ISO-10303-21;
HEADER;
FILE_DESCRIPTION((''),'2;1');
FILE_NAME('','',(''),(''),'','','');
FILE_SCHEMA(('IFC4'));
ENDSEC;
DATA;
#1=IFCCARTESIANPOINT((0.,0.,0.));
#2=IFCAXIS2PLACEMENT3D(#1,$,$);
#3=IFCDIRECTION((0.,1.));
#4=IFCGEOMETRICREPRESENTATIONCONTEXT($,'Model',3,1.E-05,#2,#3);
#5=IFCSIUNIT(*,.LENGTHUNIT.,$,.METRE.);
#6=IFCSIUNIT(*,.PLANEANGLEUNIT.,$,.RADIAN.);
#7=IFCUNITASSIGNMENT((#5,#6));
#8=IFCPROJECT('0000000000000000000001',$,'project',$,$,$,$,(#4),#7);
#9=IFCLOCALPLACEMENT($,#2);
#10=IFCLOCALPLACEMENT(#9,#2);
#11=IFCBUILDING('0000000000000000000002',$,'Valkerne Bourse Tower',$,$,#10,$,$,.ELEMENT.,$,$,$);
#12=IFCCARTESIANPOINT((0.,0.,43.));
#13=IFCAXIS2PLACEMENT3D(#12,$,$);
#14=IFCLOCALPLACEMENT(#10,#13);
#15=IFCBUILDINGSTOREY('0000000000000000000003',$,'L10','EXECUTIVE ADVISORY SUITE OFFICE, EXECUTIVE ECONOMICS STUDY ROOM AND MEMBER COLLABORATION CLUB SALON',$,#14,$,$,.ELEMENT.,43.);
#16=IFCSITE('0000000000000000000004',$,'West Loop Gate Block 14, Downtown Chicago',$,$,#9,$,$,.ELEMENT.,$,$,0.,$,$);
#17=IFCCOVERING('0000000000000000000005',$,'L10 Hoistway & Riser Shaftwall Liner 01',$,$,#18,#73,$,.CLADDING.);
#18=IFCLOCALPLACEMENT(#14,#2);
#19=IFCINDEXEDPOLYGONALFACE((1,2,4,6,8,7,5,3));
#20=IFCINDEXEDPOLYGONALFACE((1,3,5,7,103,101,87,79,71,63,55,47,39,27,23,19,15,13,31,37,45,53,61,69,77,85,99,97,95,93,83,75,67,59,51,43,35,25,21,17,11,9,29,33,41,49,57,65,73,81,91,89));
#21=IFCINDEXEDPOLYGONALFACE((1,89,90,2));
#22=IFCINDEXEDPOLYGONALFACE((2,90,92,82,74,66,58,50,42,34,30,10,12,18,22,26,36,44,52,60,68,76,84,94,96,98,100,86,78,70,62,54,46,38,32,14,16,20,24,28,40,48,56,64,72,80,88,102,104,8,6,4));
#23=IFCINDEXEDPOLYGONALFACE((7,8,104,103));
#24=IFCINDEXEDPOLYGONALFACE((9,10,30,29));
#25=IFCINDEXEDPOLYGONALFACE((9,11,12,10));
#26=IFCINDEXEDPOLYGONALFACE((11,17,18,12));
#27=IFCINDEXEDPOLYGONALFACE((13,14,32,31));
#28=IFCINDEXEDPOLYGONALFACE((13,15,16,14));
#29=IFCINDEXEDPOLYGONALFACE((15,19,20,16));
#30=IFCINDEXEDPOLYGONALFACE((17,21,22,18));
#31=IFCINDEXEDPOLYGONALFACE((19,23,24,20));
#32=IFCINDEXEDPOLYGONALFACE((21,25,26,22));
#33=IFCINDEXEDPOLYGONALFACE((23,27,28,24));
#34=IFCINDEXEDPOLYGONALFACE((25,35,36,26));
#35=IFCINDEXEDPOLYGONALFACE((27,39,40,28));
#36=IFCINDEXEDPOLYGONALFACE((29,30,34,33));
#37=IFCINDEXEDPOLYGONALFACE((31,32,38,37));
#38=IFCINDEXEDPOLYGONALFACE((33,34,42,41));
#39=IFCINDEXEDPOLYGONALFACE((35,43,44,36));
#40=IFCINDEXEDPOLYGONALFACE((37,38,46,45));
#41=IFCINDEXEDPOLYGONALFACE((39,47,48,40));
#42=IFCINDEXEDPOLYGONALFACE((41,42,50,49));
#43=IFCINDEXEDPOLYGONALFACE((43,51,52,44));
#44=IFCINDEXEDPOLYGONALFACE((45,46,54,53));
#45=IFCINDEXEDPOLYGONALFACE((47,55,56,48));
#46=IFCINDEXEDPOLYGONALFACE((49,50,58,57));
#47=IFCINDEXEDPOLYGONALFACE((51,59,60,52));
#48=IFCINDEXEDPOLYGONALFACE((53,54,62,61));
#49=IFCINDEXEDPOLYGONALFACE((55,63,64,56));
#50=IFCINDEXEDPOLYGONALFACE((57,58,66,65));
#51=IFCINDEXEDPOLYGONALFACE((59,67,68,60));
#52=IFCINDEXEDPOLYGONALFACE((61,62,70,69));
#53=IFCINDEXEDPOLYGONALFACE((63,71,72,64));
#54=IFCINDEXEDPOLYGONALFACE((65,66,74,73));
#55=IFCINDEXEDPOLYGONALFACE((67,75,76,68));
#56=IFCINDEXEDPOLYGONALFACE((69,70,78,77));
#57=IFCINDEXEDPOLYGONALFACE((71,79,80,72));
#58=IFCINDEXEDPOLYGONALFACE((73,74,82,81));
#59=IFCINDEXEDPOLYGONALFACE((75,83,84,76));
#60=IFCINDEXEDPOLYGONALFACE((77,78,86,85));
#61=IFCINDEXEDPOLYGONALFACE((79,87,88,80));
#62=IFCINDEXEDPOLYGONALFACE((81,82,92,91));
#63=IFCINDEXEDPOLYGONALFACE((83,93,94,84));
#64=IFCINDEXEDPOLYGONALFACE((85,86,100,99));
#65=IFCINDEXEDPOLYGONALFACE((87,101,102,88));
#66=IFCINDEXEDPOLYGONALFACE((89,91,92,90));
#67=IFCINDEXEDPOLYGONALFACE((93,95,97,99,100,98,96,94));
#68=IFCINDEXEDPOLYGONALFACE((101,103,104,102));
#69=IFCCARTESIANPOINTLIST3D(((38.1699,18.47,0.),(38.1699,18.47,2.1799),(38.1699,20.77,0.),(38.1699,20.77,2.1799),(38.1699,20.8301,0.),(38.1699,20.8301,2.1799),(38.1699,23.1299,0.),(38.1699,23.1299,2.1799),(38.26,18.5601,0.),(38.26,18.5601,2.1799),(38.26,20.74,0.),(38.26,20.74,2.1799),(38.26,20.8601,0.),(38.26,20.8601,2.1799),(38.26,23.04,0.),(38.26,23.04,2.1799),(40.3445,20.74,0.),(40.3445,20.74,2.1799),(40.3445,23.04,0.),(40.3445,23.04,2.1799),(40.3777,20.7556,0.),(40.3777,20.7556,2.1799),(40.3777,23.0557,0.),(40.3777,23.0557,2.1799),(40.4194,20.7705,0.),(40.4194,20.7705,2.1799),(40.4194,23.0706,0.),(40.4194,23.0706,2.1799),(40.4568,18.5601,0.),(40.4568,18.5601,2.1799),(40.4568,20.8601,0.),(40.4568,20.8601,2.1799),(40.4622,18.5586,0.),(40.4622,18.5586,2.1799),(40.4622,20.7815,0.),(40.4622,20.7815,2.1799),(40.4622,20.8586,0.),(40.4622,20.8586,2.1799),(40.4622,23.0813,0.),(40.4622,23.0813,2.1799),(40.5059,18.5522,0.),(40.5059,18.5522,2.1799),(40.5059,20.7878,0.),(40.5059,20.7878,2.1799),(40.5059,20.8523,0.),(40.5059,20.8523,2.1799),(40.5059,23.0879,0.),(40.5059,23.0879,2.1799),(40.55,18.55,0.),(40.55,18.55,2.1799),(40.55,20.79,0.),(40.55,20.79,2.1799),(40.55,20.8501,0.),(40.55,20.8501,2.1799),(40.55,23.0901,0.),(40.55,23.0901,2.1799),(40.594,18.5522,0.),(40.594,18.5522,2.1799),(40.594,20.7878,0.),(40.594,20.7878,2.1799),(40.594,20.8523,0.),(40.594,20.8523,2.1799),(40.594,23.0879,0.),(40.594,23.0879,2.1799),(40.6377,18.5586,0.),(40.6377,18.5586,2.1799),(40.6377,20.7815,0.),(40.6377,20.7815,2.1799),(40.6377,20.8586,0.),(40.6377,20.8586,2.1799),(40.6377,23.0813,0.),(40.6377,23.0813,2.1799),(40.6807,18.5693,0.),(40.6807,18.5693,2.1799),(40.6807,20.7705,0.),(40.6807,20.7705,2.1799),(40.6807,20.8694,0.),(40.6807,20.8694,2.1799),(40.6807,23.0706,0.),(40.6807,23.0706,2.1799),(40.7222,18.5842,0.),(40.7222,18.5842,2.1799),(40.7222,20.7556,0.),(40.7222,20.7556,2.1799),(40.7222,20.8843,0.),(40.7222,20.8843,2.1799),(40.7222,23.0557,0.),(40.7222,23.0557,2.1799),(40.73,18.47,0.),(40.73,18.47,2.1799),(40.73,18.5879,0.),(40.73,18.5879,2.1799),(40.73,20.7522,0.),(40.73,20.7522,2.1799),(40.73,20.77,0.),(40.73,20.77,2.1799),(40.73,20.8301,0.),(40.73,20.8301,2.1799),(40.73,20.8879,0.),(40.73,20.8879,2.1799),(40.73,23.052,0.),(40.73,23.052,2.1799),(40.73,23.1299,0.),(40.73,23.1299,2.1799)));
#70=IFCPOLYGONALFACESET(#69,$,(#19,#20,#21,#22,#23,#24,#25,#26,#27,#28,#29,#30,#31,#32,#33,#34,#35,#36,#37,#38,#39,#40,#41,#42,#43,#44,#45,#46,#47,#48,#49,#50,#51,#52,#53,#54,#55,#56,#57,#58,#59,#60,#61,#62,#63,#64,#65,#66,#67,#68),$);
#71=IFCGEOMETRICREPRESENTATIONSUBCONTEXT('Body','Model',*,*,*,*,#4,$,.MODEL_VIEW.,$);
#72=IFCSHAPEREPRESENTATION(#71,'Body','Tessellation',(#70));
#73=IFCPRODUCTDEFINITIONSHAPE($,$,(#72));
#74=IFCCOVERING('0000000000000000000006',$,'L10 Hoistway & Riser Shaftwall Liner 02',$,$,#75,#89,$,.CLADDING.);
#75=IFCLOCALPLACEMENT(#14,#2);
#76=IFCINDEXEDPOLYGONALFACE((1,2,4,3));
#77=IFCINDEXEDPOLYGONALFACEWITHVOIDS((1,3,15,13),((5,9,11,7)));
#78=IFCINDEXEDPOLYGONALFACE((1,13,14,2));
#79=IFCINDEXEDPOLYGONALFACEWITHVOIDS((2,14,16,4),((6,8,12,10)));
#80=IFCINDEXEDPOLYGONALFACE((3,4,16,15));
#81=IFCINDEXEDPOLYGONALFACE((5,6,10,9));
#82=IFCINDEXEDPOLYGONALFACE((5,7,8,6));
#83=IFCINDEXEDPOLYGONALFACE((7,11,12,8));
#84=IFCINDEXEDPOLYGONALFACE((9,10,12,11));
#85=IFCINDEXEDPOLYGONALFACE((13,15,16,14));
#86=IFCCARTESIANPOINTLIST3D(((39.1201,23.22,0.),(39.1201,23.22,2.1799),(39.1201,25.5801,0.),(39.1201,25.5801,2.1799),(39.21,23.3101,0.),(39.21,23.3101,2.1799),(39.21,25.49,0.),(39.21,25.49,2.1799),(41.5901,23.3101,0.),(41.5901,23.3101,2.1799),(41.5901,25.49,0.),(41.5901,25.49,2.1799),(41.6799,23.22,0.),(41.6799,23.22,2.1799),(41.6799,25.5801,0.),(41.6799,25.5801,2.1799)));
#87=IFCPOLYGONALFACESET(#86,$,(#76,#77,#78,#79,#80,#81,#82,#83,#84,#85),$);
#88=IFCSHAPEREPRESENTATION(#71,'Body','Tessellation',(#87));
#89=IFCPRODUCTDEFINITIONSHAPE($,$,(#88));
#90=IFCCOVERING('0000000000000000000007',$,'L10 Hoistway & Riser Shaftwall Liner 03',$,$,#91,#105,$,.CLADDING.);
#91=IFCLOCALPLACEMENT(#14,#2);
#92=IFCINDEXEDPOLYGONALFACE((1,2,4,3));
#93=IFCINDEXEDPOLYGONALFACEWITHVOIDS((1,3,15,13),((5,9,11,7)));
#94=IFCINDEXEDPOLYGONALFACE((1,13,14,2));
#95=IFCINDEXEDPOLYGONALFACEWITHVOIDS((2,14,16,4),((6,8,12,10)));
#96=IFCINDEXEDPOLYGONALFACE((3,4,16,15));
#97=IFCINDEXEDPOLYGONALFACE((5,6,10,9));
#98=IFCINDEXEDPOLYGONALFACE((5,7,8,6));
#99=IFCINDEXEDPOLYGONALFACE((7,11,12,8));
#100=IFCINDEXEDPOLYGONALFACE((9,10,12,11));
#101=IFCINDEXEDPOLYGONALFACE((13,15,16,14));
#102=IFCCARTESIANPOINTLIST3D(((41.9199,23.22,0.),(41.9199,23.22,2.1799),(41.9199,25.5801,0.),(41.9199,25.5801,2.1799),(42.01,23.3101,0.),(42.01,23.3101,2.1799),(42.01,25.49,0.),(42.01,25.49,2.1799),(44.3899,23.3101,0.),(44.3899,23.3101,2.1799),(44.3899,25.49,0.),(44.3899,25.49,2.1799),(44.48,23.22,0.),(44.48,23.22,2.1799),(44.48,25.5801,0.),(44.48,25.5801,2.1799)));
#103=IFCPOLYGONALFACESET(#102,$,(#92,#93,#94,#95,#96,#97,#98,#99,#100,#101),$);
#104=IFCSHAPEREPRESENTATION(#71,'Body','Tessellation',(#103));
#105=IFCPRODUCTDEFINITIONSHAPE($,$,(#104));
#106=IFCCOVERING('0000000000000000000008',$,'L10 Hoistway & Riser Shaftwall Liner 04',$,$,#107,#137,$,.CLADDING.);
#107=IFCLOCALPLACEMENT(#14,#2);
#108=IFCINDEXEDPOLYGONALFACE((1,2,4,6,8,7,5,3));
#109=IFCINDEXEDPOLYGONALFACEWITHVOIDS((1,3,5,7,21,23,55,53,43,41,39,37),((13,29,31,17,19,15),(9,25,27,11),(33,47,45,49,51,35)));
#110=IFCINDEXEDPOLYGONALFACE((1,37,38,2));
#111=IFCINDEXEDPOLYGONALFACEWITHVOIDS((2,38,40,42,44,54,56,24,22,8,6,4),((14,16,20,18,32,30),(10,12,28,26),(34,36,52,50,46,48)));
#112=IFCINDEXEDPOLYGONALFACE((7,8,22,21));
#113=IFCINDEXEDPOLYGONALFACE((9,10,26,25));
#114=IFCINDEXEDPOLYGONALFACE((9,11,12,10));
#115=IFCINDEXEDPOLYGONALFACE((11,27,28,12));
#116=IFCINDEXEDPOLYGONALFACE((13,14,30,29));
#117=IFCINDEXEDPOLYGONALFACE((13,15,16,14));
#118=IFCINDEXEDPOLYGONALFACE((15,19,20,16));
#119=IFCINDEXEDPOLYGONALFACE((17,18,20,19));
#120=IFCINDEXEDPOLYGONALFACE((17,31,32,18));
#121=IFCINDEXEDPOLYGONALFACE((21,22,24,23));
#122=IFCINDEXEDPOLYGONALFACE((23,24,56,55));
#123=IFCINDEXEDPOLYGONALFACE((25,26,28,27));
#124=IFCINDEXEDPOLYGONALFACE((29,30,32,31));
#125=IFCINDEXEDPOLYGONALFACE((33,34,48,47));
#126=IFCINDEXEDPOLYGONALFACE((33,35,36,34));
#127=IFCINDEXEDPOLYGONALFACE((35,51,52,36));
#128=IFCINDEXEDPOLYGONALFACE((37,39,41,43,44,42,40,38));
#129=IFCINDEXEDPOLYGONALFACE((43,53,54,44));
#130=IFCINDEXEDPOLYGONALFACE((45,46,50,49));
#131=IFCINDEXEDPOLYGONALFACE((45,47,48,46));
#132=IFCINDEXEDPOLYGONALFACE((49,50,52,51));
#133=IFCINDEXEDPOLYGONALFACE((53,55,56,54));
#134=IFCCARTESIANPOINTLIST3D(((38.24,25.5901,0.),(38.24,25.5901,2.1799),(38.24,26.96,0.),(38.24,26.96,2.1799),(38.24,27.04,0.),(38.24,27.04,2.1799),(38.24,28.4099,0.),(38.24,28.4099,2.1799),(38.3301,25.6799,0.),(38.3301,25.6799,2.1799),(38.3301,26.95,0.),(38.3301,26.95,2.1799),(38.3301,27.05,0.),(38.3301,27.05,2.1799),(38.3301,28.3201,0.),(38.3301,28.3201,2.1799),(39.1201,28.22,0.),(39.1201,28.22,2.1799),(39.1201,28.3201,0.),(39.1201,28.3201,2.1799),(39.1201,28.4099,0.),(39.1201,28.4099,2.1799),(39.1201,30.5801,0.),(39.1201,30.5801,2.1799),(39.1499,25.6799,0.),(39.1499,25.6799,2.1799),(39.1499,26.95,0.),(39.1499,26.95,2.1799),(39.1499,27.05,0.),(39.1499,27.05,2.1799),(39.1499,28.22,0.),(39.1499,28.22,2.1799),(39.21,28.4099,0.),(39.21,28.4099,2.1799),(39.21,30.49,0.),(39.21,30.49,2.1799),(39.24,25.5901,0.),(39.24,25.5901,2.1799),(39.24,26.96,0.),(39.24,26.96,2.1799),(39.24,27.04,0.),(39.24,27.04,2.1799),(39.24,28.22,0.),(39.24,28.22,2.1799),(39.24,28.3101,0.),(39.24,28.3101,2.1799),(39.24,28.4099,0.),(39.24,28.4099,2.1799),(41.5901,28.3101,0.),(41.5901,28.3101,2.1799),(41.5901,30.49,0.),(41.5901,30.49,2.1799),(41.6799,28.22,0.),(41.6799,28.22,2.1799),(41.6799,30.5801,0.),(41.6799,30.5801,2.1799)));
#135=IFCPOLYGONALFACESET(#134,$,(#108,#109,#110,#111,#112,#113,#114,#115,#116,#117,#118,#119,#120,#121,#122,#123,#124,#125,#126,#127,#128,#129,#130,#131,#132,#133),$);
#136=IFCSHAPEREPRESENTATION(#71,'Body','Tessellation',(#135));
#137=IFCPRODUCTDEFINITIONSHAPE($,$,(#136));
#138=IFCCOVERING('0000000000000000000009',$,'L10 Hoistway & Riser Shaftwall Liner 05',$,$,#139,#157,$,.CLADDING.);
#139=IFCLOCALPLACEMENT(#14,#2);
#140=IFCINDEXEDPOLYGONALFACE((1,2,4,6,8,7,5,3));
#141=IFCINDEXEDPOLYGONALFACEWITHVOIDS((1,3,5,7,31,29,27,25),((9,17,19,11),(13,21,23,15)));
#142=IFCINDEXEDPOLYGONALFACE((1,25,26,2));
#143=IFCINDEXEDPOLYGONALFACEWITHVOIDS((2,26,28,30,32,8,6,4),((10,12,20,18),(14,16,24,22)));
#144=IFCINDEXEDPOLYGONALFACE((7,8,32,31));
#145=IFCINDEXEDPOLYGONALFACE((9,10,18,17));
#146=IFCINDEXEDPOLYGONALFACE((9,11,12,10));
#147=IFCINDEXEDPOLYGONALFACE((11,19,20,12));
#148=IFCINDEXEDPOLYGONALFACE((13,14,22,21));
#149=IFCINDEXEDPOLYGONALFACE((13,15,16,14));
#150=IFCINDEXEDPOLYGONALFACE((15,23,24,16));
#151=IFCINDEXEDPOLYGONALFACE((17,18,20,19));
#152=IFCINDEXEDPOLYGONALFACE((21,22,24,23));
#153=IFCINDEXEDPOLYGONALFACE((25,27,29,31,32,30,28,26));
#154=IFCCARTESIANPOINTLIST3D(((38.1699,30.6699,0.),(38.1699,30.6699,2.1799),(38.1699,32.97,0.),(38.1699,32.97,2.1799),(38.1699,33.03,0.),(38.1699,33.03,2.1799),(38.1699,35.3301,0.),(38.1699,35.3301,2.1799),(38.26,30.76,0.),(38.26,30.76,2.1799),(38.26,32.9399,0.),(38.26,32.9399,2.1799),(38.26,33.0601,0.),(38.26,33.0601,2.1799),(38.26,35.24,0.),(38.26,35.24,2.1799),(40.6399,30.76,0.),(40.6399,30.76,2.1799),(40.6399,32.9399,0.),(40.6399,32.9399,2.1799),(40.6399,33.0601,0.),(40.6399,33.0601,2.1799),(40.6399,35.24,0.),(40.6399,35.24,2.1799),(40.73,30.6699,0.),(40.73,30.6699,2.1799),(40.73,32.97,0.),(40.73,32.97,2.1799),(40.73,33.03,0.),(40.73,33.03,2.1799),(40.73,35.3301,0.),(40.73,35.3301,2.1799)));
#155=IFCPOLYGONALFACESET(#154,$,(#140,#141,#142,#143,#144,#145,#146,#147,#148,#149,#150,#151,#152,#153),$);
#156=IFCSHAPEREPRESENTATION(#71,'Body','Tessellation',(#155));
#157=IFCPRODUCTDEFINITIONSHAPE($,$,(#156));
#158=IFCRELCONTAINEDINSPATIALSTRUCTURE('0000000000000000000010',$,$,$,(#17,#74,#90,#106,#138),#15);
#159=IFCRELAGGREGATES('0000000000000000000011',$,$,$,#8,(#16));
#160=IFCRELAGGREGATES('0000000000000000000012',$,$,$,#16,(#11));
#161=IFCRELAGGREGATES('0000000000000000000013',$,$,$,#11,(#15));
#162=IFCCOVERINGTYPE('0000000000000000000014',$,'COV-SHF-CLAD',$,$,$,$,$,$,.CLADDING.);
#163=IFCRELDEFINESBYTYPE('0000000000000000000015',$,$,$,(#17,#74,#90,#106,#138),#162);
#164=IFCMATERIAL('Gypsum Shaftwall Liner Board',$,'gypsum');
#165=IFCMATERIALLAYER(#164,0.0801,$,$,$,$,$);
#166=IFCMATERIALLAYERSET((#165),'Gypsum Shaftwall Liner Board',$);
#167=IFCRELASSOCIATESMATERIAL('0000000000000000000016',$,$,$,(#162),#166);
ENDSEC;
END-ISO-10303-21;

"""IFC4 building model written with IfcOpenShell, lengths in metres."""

from ifc_helpers import new_model, si_unit, direction, frame, origin, place, context, subcontext, project, spatial, polyline, outline, extrude, material, layer, layer_set, type_object, element, save


model = new_model("IFC4")

# Units and contexts
model_context = context("Model", 3, precision=1e-05, world=origin(), true_north=direction((0.0, 1.0)))
body_context = subcontext(model_context, "Body", "Model", "MODEL_VIEW")
ifc_project = project(units=[si_unit("LENGTHUNIT", "METRE"), si_unit("PLANEANGLEUNIT", "RADIAN")], contexts=[model_context])

# Site, building, storey
site_placement = place(None, origin())
site = spatial("IfcSite", under=ifc_project, at=site_placement, Name="West Loop Gate Block 14, Downtown Chicago", CompositionType="ELEMENT", RefElevation=0.0)
building_placement = place(site_placement, origin())
building = spatial("IfcBuilding", under=site, at=building_placement, Name="Valkerne Bourse Tower", CompositionType="ELEMENT")
storey_placement = place(building_placement, frame((0.0, 0.0, 43.0)))
storey = spatial("IfcBuildingStorey", under=building, at=storey_placement, Name="L10", Description="EXECUTIVE ADVISORY SUITE OFFICE, EXECUTIVE ECONOMICS STUDY ROOM AND MEMBER COLLABORATION CLUB SALON", CompositionType="ELEMENT", Elevation=43.0)

# Coverings
ifc_material_1 = material(Name="Gypsum Shaftwall Liner Board", Category="gypsum")
ifc_layer_1 = layer(ifc_material_1, 0.0801)
ifc_layer_set_1 = layer_set([ifc_layer_1], Name="Gypsum Shaftwall Liner Board")
covering_type_1 = type_object("IfcCoveringType", Name="COV-SHF-CLAD", PredefinedType="CLADDING", material=ifc_layer_set_1)
covering_1_placement = place(storey_placement, origin())
element("IfcCovering", 1, at=covering_1_placement, inside=storey, type_object=covering_type_1, Name="L10 Hoistway & Riser Shaftwall Liner 01", PredefinedType="CLADDING", context=body_context, shape_type="SweptSolid", body=[
    extrude(outline(polyline([(38.1699, 23.1299), (40.73, 23.1299), (40.73, 23.052), (40.7222, 23.0557), (40.6807, 23.0706), (40.6377, 23.0813), (40.594, 23.0879), (40.55, 23.0901), (40.5059, 23.0879), (40.4622, 23.0813), (40.4194, 23.0706), (40.3777, 23.0557), (40.3445, 23.04), (38.26, 23.04), (38.26, 20.8601), (40.4568, 20.8601), (40.4622, 20.8586), (40.5059, 20.8523), (40.55, 20.8501), (40.594, 20.8523), (40.6377, 20.8586), (40.6807, 20.8694), (40.7222, 20.8843), (40.73, 20.8879), (40.73, 20.8301), (40.73, 20.77), (40.73, 20.7522), (40.7222, 20.7556), (40.6807, 20.7705), (40.6377, 20.7815), (40.594, 20.7878), (40.55, 20.79), (40.5059, 20.7878), (40.4622, 20.7815), (40.4194, 20.7705), (40.3777, 20.7556), (40.3445, 20.74), (38.26, 20.74), (38.26, 18.5601), (40.4568, 18.5601), (40.4622, 18.5586), (40.5059, 18.5522), (40.55, 18.55), (40.594, 18.5522), (40.6377, 18.5586), (40.6807, 18.5693), (40.7222, 18.5842), (40.73, 18.5879), (40.73, 18.47), (38.1699, 18.47), (38.1699, 20.77), (38.1699, 20.8301), (38.1699, 23.1299)])), origin(), (0.0, 0.0, 1.0), 2.1799),
])
covering_2_placement = place(storey_placement, origin())
element("IfcCovering", 2, at=covering_2_placement, inside=storey, type_object=covering_type_1, Name="L10 Hoistway & Riser Shaftwall Liner 02", PredefinedType="CLADDING", context=body_context, shape_type="SweptSolid", body=[
    extrude(outline(polyline([(41.6799, 23.22), (39.1201, 23.22), (39.1201, 25.5801), (41.6799, 25.5801), (41.6799, 23.22)]), holes=[polyline([(39.21, 25.49), (39.21, 23.3101), (41.5901, 23.3101), (41.5901, 25.49), (39.21, 25.49)])]), origin(), (0.0, 0.0, 1.0), 2.1799),
])
covering_3_placement = place(storey_placement, origin())
element("IfcCovering", 3, at=covering_3_placement, inside=storey, type_object=covering_type_1, Name="L10 Hoistway & Riser Shaftwall Liner 03", PredefinedType="CLADDING", context=body_context, shape_type="SweptSolid", body=[
    extrude(outline(polyline([(44.48, 23.22), (41.9199, 23.22), (41.9199, 25.5801), (44.48, 25.5801), (44.48, 23.22)]), holes=[polyline([(42.01, 25.49), (42.01, 23.3101), (44.3899, 23.3101), (44.3899, 25.49), (42.01, 25.49)])]), origin(), (0.0, 0.0, 1.0), 2.1799),
])
covering_4_placement = place(storey_placement, origin())
element("IfcCovering", 4, at=covering_4_placement, inside=storey, type_object=covering_type_1, Name="L10 Hoistway & Riser Shaftwall Liner 04", PredefinedType="CLADDING", context=body_context, shape_type="SweptSolid", body=[
    extrude(outline(polyline([(38.24, 28.4099), (39.1201, 28.4099), (39.1201, 30.5801), (41.6799, 30.5801), (41.6799, 28.22), (39.24, 28.22), (39.24, 27.04), (39.24, 26.96), (39.24, 25.5901), (38.24, 25.5901), (38.24, 26.96), (38.24, 27.04), (38.24, 28.4099)]), holes=[polyline([(39.21, 30.49), (39.21, 28.4099), (39.24, 28.4099), (39.24, 28.3101), (41.5901, 28.3101), (41.5901, 30.49), (39.21, 30.49)]), polyline([(38.3301, 26.95), (38.3301, 25.6799), (39.1499, 25.6799), (39.1499, 26.95), (38.3301, 26.95)]), polyline([(39.1201, 28.22), (39.1201, 28.3201), (38.3301, 28.3201), (38.3301, 27.05), (39.1499, 27.05), (39.1499, 28.22), (39.1201, 28.22)])]), origin(), (0.0, 0.0, 1.0), 2.1799),
])
covering_5_placement = place(storey_placement, origin())
element("IfcCovering", 5, at=covering_5_placement, inside=storey, type_object=covering_type_1, Name="L10 Hoistway & Riser Shaftwall Liner 05", PredefinedType="CLADDING", context=body_context, shape_type="SweptSolid", body=[
    extrude(outline(polyline([(38.1699, 35.3301), (40.73, 35.3301), (40.73, 33.03), (40.73, 32.97), (40.73, 30.6699), (38.1699, 30.6699), (38.1699, 32.97), (38.1699, 33.03), (38.1699, 35.3301)]), holes=[polyline([(38.26, 32.9399), (38.26, 30.76), (40.6399, 30.76), (40.6399, 32.9399), (38.26, 32.9399)]), polyline([(38.26, 35.24), (38.26, 33.0601), (40.6399, 33.0601), (40.6399, 35.24), (38.26, 35.24)])]), origin(), (0.0, 0.0, 1.0), 2.1799),
])

save(model, "model.ifc")
